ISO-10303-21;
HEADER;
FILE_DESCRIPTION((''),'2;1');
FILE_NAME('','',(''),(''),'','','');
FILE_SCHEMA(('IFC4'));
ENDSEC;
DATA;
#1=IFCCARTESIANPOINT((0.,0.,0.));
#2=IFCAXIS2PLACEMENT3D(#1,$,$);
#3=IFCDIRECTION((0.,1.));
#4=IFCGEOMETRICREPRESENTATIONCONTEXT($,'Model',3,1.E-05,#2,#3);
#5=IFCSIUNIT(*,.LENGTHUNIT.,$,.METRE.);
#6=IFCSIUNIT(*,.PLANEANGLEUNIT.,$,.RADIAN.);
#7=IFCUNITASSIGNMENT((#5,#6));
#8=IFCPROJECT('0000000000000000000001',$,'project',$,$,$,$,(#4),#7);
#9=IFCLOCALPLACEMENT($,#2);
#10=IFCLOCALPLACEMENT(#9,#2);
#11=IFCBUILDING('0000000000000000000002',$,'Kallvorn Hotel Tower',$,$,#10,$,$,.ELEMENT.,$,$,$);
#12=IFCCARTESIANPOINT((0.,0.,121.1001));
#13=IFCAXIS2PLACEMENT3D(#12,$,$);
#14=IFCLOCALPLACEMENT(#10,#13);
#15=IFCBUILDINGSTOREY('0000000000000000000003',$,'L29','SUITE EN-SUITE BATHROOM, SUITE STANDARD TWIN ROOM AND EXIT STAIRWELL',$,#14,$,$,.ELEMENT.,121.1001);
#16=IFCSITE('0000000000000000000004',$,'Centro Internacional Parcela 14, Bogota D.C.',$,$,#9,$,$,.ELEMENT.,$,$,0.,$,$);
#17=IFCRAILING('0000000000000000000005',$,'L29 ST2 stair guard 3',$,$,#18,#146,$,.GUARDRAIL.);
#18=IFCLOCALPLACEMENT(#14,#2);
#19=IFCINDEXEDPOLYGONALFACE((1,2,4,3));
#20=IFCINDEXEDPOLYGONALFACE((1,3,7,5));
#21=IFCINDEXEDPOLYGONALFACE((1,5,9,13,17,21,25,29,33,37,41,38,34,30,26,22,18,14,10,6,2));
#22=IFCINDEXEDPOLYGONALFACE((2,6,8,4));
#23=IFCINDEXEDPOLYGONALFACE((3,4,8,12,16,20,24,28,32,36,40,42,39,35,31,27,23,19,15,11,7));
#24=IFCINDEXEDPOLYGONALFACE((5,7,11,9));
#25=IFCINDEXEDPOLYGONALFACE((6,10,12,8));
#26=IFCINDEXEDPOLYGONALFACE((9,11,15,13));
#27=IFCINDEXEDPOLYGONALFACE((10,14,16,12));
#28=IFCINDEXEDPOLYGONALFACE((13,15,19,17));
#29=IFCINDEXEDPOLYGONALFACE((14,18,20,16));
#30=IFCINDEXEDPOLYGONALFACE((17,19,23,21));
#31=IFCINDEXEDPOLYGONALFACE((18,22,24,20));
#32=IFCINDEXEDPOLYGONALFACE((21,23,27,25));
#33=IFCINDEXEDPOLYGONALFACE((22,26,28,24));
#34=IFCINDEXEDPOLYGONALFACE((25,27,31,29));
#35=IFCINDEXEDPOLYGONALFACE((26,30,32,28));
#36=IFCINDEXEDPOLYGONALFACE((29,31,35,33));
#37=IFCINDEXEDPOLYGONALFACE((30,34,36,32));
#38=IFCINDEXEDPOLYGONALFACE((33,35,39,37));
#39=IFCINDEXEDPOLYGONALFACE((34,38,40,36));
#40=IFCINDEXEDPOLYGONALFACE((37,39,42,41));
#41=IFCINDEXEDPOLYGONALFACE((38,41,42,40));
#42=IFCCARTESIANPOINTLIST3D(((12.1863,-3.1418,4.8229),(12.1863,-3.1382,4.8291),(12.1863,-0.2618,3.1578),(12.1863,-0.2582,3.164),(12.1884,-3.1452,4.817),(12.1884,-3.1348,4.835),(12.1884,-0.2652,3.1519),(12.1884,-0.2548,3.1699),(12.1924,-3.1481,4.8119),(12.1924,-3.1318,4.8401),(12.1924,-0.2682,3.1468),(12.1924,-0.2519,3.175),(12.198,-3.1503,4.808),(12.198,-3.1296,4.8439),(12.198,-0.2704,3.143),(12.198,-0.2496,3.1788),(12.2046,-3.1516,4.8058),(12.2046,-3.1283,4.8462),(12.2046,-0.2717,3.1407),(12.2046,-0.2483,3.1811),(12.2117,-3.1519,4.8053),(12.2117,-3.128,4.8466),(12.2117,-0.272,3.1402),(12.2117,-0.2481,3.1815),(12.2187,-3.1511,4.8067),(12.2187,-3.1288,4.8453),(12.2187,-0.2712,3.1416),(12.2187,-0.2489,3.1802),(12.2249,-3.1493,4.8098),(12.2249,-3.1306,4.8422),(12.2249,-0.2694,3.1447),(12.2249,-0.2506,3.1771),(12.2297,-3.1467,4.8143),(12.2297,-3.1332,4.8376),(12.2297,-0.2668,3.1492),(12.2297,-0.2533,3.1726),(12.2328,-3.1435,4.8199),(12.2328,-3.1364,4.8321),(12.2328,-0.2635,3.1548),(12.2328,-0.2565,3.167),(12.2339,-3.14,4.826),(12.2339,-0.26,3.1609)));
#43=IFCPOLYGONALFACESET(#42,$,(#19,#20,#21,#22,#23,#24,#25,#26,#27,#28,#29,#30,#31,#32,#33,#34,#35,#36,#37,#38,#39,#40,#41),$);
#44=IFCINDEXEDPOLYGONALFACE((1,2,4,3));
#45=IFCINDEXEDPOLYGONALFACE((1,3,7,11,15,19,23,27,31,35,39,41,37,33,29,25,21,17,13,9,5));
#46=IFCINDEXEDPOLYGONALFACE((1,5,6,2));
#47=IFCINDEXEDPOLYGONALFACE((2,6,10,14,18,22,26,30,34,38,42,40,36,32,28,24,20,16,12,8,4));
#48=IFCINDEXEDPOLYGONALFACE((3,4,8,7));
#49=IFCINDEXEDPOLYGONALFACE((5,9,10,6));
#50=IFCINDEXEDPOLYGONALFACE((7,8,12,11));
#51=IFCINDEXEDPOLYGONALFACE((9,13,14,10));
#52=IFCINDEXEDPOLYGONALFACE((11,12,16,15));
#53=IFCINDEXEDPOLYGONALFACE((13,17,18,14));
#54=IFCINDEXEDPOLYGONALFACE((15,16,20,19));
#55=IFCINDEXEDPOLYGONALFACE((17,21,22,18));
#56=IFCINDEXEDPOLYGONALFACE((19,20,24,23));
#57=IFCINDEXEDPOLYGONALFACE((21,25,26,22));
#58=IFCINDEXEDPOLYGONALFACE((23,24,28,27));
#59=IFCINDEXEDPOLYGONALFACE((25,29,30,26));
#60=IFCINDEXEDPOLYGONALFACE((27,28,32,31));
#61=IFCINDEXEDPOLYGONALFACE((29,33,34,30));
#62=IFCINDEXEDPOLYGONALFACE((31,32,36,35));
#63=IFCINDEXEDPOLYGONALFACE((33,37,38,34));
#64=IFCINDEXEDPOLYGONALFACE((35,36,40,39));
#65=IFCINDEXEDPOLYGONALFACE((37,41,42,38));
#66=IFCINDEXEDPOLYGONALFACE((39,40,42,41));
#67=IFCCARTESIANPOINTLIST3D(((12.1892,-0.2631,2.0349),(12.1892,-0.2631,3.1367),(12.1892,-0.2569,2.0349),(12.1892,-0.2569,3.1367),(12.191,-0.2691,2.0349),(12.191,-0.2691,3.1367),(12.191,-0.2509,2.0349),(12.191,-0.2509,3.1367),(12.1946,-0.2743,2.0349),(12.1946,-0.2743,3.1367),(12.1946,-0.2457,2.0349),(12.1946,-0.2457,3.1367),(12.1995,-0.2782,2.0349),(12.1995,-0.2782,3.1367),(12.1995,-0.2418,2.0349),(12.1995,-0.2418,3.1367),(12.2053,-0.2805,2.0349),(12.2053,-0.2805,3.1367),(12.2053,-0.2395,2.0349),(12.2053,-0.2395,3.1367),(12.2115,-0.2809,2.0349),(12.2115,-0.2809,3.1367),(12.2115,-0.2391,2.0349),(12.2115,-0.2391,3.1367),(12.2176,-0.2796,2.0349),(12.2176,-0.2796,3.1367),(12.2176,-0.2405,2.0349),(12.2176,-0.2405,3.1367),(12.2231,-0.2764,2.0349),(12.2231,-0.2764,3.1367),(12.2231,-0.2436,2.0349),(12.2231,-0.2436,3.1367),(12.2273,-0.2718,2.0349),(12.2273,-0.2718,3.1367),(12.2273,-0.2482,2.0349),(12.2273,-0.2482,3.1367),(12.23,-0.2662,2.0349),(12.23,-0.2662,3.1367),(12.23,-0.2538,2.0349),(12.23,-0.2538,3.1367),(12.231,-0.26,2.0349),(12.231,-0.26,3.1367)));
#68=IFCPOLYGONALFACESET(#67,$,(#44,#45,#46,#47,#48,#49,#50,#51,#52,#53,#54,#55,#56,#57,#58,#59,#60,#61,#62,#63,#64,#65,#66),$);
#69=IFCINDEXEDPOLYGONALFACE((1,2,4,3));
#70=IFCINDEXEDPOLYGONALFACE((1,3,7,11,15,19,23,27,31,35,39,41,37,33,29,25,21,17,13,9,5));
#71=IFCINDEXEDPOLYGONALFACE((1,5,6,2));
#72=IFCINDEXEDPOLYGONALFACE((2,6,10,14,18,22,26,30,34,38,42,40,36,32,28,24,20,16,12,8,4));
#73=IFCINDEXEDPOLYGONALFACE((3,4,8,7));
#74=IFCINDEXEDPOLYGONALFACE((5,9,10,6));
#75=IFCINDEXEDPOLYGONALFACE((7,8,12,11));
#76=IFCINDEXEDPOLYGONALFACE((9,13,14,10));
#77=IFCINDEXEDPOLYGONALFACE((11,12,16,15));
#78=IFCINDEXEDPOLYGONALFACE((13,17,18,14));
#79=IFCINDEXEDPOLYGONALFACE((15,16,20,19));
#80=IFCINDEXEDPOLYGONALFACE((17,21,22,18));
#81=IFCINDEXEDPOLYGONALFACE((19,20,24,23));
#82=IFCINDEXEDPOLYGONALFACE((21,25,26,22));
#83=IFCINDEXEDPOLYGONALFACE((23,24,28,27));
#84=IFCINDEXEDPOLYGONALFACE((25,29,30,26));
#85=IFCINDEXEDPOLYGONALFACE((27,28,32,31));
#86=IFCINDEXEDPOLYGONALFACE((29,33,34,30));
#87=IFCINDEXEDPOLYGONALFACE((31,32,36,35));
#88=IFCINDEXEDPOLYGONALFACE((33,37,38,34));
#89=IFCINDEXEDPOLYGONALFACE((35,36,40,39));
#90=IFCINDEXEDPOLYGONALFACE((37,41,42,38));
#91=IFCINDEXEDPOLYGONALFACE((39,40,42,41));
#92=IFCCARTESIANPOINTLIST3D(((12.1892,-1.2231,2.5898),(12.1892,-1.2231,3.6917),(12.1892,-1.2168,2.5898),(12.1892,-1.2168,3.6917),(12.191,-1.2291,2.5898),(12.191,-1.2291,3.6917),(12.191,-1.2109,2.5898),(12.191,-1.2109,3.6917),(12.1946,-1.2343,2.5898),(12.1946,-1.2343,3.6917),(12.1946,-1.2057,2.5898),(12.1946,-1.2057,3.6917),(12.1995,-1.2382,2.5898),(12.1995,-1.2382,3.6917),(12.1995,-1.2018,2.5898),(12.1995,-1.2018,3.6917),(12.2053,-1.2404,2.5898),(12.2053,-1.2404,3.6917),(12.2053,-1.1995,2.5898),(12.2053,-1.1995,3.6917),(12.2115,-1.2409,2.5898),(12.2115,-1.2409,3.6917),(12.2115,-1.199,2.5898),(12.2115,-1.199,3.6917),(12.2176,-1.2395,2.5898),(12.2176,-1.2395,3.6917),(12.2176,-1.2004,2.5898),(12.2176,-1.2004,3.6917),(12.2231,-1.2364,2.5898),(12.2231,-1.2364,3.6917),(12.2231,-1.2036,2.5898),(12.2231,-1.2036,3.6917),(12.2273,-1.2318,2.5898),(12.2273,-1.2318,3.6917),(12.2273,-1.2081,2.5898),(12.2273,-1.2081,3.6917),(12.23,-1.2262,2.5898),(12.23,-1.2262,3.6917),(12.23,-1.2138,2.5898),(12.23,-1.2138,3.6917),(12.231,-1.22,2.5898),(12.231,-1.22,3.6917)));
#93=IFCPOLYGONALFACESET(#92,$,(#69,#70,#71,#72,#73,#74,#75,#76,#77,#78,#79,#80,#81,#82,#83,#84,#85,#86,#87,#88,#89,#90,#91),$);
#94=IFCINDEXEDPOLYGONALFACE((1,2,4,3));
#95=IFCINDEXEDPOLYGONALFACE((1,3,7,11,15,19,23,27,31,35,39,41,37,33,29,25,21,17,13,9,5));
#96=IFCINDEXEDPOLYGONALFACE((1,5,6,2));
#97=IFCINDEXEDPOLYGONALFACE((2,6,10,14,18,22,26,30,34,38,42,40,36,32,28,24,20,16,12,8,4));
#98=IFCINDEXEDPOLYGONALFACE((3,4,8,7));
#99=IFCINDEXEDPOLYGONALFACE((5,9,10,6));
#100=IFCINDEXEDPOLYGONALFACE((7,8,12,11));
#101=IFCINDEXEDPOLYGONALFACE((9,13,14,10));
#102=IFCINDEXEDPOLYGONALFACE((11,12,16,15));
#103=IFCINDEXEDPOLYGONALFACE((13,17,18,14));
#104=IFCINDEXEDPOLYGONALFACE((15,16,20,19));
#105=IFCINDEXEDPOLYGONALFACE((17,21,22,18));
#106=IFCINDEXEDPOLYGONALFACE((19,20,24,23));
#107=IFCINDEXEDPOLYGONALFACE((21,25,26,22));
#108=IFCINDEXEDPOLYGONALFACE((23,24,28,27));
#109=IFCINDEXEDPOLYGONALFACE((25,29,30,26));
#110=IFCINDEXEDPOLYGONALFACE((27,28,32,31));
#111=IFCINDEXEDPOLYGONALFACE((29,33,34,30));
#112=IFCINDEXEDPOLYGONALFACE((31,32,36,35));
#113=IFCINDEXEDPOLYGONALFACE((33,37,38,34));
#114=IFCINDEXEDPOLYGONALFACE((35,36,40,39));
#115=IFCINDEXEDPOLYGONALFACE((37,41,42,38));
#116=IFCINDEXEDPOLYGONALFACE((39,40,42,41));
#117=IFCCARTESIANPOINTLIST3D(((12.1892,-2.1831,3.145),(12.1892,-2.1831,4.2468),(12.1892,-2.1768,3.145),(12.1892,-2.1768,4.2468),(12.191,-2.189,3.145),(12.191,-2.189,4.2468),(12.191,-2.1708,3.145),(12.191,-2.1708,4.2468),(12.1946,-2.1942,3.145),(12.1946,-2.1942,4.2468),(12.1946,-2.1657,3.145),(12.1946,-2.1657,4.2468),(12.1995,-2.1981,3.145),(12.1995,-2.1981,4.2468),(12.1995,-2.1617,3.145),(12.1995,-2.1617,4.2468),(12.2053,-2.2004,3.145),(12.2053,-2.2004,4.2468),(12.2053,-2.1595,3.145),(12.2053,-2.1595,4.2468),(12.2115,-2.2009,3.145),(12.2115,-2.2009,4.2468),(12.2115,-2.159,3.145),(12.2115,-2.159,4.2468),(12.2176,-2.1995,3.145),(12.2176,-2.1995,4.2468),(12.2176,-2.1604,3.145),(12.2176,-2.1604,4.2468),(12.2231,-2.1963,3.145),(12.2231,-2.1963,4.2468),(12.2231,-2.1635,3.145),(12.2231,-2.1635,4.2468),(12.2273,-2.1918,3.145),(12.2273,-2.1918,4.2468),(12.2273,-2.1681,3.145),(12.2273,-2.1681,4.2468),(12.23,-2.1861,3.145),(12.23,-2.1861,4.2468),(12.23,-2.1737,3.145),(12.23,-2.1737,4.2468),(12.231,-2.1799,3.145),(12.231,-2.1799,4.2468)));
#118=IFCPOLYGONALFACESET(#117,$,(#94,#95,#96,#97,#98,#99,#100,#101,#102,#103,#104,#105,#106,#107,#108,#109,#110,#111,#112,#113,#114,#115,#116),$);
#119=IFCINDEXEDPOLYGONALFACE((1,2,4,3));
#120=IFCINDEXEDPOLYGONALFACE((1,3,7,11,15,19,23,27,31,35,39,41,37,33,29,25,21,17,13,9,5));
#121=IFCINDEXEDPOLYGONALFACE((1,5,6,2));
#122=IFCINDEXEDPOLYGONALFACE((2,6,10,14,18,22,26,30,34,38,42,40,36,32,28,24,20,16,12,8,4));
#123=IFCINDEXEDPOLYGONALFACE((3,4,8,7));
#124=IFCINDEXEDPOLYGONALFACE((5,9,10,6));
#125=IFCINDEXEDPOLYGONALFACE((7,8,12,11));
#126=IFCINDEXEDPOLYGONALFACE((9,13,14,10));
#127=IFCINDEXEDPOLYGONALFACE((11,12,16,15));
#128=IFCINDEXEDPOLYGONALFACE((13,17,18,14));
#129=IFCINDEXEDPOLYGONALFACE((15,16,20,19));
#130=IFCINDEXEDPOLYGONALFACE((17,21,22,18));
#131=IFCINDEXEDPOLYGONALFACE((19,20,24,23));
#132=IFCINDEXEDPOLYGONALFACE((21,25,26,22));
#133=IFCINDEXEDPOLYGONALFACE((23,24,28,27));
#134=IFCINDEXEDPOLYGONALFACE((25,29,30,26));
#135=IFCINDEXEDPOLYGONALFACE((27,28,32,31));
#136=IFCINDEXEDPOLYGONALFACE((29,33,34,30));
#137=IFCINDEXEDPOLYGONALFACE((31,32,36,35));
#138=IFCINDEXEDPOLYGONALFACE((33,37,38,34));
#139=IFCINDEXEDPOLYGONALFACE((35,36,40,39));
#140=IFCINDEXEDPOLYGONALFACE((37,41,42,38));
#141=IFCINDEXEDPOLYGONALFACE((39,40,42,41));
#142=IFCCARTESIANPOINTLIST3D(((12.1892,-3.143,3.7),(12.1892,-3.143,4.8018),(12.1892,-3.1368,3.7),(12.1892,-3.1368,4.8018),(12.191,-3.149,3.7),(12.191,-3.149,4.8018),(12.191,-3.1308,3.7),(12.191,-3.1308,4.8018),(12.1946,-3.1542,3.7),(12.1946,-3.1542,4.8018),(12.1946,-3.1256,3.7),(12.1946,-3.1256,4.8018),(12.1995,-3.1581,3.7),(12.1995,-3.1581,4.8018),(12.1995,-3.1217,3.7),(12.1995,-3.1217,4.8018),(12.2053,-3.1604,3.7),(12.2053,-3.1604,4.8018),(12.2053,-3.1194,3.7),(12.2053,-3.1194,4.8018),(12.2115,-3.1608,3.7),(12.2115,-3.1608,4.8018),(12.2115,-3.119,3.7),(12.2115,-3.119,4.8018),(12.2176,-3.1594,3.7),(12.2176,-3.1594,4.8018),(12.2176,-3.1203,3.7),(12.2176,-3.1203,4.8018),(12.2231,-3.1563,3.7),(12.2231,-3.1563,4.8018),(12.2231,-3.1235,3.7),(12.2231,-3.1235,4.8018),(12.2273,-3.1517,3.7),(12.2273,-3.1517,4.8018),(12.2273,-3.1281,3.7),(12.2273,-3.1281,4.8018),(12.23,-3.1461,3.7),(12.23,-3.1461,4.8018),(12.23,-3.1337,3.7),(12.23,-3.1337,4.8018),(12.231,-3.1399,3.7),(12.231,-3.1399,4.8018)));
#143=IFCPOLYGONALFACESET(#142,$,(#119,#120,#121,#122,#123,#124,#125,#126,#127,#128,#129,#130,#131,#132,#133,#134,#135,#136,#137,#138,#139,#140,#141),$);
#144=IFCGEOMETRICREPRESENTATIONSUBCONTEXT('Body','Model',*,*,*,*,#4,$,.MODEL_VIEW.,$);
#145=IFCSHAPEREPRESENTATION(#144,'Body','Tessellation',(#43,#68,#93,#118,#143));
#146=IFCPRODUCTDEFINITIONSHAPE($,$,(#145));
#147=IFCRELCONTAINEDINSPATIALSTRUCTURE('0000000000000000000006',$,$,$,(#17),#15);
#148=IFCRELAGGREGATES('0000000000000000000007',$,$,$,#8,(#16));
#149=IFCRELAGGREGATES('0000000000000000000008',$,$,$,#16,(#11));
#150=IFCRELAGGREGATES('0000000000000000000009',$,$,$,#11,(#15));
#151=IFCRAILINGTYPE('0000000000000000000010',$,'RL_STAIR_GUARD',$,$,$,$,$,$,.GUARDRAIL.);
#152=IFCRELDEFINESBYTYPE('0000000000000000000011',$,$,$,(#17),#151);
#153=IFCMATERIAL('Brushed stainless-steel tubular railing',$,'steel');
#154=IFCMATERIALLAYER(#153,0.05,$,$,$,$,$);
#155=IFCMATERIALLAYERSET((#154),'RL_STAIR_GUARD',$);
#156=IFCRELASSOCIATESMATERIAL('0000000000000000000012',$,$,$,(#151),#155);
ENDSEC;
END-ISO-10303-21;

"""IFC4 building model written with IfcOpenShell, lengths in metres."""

from ifc_helpers import new_model, si_unit, direction, frame, origin, origin_2d, place, context, subcontext, project, spatial, circle, extrude, material, layer, layer_set, type_object, element, save


model = new_model("IFC4")

# Units and contexts
model_context = context("Model", 3, precision=1e-05, world=origin(), true_north=direction((0.0, 1.0)))
body_context = subcontext(model_context, "Body", "Model", "MODEL_VIEW")
ifc_project = project(units=[si_unit("LENGTHUNIT", "METRE"), si_unit("PLANEANGLEUNIT", "RADIAN")], contexts=[model_context])

# Site, building, storey
site_placement = place(None, origin())
site = spatial("IfcSite", under=ifc_project, at=site_placement, Name="Centro Internacional Parcela 14, Bogota D.C.", CompositionType="ELEMENT", RefElevation=0.0)
building_placement = place(site_placement, origin())
building = spatial("IfcBuilding", under=site, at=building_placement, Name="Kallvorn Hotel Tower", CompositionType="ELEMENT")
storey_placement = place(building_placement, frame((0.0, 0.0, 121.1001)))
storey = spatial("IfcBuildingStorey", under=building, at=storey_placement, Name="L29", Description="SUITE EN-SUITE BATHROOM, SUITE STANDARD TWIN ROOM AND EXIT STAIRWELL", CompositionType="ELEMENT", Elevation=121.1001)

# Railing
ifc_material_1 = material(Name="Brushed stainless-steel tubular railing", Category="steel")
ifc_layer_1 = layer(ifc_material_1, 0.05)
ifc_layer_set_1 = layer_set([ifc_layer_1], Name="RL_STAIR_GUARD")
railing_type_1 = type_object("IfcRailingType", Name="RL_STAIR_GUARD", PredefinedType="GUARDRAIL", material=ifc_layer_set_1)
railing_1_placement = place(storey_placement, frame((12.21, -0.26, 2.0349)))
element("IfcRailing", 1, at=railing_1_placement, inside=storey, type_object=railing_type_1, Name="L29 ST2 stair guard 3", PredefinedType="GUARDRAIL", context=body_context, shape_type="SweptSolid", body=[
    extrude(circle(Radius=0.0239, at=origin_2d()), frame((0.0, 0.0, 1.126), z_axis=(0.0, -0.865721, 0.500527), x_axis=(1.0, 0.0, 0.0)), (0.0, 0.0, 1.0), 3.3267),
    extrude(circle(Radius=0.021, at=origin_2d()), origin(), (0.0, 0.0, 1.0), 1.1018),
    extrude(circle(Radius=0.021, at=origin_2d()), frame((0.0, -0.96, 0.5549)), (0.0, 0.0, 1.0), 1.1018),
    extrude(circle(Radius=0.021, at=origin_2d()), frame((0.0, -1.9199, 1.1101)), (0.0, 0.0, 1.0), 1.1018),
    extrude(circle(Radius=0.021, at=origin_2d()), frame((0.0, -2.8799, 1.665)), (0.0, 0.0, 1.0), 1.1018),
])

save(model, "model.ifc")
